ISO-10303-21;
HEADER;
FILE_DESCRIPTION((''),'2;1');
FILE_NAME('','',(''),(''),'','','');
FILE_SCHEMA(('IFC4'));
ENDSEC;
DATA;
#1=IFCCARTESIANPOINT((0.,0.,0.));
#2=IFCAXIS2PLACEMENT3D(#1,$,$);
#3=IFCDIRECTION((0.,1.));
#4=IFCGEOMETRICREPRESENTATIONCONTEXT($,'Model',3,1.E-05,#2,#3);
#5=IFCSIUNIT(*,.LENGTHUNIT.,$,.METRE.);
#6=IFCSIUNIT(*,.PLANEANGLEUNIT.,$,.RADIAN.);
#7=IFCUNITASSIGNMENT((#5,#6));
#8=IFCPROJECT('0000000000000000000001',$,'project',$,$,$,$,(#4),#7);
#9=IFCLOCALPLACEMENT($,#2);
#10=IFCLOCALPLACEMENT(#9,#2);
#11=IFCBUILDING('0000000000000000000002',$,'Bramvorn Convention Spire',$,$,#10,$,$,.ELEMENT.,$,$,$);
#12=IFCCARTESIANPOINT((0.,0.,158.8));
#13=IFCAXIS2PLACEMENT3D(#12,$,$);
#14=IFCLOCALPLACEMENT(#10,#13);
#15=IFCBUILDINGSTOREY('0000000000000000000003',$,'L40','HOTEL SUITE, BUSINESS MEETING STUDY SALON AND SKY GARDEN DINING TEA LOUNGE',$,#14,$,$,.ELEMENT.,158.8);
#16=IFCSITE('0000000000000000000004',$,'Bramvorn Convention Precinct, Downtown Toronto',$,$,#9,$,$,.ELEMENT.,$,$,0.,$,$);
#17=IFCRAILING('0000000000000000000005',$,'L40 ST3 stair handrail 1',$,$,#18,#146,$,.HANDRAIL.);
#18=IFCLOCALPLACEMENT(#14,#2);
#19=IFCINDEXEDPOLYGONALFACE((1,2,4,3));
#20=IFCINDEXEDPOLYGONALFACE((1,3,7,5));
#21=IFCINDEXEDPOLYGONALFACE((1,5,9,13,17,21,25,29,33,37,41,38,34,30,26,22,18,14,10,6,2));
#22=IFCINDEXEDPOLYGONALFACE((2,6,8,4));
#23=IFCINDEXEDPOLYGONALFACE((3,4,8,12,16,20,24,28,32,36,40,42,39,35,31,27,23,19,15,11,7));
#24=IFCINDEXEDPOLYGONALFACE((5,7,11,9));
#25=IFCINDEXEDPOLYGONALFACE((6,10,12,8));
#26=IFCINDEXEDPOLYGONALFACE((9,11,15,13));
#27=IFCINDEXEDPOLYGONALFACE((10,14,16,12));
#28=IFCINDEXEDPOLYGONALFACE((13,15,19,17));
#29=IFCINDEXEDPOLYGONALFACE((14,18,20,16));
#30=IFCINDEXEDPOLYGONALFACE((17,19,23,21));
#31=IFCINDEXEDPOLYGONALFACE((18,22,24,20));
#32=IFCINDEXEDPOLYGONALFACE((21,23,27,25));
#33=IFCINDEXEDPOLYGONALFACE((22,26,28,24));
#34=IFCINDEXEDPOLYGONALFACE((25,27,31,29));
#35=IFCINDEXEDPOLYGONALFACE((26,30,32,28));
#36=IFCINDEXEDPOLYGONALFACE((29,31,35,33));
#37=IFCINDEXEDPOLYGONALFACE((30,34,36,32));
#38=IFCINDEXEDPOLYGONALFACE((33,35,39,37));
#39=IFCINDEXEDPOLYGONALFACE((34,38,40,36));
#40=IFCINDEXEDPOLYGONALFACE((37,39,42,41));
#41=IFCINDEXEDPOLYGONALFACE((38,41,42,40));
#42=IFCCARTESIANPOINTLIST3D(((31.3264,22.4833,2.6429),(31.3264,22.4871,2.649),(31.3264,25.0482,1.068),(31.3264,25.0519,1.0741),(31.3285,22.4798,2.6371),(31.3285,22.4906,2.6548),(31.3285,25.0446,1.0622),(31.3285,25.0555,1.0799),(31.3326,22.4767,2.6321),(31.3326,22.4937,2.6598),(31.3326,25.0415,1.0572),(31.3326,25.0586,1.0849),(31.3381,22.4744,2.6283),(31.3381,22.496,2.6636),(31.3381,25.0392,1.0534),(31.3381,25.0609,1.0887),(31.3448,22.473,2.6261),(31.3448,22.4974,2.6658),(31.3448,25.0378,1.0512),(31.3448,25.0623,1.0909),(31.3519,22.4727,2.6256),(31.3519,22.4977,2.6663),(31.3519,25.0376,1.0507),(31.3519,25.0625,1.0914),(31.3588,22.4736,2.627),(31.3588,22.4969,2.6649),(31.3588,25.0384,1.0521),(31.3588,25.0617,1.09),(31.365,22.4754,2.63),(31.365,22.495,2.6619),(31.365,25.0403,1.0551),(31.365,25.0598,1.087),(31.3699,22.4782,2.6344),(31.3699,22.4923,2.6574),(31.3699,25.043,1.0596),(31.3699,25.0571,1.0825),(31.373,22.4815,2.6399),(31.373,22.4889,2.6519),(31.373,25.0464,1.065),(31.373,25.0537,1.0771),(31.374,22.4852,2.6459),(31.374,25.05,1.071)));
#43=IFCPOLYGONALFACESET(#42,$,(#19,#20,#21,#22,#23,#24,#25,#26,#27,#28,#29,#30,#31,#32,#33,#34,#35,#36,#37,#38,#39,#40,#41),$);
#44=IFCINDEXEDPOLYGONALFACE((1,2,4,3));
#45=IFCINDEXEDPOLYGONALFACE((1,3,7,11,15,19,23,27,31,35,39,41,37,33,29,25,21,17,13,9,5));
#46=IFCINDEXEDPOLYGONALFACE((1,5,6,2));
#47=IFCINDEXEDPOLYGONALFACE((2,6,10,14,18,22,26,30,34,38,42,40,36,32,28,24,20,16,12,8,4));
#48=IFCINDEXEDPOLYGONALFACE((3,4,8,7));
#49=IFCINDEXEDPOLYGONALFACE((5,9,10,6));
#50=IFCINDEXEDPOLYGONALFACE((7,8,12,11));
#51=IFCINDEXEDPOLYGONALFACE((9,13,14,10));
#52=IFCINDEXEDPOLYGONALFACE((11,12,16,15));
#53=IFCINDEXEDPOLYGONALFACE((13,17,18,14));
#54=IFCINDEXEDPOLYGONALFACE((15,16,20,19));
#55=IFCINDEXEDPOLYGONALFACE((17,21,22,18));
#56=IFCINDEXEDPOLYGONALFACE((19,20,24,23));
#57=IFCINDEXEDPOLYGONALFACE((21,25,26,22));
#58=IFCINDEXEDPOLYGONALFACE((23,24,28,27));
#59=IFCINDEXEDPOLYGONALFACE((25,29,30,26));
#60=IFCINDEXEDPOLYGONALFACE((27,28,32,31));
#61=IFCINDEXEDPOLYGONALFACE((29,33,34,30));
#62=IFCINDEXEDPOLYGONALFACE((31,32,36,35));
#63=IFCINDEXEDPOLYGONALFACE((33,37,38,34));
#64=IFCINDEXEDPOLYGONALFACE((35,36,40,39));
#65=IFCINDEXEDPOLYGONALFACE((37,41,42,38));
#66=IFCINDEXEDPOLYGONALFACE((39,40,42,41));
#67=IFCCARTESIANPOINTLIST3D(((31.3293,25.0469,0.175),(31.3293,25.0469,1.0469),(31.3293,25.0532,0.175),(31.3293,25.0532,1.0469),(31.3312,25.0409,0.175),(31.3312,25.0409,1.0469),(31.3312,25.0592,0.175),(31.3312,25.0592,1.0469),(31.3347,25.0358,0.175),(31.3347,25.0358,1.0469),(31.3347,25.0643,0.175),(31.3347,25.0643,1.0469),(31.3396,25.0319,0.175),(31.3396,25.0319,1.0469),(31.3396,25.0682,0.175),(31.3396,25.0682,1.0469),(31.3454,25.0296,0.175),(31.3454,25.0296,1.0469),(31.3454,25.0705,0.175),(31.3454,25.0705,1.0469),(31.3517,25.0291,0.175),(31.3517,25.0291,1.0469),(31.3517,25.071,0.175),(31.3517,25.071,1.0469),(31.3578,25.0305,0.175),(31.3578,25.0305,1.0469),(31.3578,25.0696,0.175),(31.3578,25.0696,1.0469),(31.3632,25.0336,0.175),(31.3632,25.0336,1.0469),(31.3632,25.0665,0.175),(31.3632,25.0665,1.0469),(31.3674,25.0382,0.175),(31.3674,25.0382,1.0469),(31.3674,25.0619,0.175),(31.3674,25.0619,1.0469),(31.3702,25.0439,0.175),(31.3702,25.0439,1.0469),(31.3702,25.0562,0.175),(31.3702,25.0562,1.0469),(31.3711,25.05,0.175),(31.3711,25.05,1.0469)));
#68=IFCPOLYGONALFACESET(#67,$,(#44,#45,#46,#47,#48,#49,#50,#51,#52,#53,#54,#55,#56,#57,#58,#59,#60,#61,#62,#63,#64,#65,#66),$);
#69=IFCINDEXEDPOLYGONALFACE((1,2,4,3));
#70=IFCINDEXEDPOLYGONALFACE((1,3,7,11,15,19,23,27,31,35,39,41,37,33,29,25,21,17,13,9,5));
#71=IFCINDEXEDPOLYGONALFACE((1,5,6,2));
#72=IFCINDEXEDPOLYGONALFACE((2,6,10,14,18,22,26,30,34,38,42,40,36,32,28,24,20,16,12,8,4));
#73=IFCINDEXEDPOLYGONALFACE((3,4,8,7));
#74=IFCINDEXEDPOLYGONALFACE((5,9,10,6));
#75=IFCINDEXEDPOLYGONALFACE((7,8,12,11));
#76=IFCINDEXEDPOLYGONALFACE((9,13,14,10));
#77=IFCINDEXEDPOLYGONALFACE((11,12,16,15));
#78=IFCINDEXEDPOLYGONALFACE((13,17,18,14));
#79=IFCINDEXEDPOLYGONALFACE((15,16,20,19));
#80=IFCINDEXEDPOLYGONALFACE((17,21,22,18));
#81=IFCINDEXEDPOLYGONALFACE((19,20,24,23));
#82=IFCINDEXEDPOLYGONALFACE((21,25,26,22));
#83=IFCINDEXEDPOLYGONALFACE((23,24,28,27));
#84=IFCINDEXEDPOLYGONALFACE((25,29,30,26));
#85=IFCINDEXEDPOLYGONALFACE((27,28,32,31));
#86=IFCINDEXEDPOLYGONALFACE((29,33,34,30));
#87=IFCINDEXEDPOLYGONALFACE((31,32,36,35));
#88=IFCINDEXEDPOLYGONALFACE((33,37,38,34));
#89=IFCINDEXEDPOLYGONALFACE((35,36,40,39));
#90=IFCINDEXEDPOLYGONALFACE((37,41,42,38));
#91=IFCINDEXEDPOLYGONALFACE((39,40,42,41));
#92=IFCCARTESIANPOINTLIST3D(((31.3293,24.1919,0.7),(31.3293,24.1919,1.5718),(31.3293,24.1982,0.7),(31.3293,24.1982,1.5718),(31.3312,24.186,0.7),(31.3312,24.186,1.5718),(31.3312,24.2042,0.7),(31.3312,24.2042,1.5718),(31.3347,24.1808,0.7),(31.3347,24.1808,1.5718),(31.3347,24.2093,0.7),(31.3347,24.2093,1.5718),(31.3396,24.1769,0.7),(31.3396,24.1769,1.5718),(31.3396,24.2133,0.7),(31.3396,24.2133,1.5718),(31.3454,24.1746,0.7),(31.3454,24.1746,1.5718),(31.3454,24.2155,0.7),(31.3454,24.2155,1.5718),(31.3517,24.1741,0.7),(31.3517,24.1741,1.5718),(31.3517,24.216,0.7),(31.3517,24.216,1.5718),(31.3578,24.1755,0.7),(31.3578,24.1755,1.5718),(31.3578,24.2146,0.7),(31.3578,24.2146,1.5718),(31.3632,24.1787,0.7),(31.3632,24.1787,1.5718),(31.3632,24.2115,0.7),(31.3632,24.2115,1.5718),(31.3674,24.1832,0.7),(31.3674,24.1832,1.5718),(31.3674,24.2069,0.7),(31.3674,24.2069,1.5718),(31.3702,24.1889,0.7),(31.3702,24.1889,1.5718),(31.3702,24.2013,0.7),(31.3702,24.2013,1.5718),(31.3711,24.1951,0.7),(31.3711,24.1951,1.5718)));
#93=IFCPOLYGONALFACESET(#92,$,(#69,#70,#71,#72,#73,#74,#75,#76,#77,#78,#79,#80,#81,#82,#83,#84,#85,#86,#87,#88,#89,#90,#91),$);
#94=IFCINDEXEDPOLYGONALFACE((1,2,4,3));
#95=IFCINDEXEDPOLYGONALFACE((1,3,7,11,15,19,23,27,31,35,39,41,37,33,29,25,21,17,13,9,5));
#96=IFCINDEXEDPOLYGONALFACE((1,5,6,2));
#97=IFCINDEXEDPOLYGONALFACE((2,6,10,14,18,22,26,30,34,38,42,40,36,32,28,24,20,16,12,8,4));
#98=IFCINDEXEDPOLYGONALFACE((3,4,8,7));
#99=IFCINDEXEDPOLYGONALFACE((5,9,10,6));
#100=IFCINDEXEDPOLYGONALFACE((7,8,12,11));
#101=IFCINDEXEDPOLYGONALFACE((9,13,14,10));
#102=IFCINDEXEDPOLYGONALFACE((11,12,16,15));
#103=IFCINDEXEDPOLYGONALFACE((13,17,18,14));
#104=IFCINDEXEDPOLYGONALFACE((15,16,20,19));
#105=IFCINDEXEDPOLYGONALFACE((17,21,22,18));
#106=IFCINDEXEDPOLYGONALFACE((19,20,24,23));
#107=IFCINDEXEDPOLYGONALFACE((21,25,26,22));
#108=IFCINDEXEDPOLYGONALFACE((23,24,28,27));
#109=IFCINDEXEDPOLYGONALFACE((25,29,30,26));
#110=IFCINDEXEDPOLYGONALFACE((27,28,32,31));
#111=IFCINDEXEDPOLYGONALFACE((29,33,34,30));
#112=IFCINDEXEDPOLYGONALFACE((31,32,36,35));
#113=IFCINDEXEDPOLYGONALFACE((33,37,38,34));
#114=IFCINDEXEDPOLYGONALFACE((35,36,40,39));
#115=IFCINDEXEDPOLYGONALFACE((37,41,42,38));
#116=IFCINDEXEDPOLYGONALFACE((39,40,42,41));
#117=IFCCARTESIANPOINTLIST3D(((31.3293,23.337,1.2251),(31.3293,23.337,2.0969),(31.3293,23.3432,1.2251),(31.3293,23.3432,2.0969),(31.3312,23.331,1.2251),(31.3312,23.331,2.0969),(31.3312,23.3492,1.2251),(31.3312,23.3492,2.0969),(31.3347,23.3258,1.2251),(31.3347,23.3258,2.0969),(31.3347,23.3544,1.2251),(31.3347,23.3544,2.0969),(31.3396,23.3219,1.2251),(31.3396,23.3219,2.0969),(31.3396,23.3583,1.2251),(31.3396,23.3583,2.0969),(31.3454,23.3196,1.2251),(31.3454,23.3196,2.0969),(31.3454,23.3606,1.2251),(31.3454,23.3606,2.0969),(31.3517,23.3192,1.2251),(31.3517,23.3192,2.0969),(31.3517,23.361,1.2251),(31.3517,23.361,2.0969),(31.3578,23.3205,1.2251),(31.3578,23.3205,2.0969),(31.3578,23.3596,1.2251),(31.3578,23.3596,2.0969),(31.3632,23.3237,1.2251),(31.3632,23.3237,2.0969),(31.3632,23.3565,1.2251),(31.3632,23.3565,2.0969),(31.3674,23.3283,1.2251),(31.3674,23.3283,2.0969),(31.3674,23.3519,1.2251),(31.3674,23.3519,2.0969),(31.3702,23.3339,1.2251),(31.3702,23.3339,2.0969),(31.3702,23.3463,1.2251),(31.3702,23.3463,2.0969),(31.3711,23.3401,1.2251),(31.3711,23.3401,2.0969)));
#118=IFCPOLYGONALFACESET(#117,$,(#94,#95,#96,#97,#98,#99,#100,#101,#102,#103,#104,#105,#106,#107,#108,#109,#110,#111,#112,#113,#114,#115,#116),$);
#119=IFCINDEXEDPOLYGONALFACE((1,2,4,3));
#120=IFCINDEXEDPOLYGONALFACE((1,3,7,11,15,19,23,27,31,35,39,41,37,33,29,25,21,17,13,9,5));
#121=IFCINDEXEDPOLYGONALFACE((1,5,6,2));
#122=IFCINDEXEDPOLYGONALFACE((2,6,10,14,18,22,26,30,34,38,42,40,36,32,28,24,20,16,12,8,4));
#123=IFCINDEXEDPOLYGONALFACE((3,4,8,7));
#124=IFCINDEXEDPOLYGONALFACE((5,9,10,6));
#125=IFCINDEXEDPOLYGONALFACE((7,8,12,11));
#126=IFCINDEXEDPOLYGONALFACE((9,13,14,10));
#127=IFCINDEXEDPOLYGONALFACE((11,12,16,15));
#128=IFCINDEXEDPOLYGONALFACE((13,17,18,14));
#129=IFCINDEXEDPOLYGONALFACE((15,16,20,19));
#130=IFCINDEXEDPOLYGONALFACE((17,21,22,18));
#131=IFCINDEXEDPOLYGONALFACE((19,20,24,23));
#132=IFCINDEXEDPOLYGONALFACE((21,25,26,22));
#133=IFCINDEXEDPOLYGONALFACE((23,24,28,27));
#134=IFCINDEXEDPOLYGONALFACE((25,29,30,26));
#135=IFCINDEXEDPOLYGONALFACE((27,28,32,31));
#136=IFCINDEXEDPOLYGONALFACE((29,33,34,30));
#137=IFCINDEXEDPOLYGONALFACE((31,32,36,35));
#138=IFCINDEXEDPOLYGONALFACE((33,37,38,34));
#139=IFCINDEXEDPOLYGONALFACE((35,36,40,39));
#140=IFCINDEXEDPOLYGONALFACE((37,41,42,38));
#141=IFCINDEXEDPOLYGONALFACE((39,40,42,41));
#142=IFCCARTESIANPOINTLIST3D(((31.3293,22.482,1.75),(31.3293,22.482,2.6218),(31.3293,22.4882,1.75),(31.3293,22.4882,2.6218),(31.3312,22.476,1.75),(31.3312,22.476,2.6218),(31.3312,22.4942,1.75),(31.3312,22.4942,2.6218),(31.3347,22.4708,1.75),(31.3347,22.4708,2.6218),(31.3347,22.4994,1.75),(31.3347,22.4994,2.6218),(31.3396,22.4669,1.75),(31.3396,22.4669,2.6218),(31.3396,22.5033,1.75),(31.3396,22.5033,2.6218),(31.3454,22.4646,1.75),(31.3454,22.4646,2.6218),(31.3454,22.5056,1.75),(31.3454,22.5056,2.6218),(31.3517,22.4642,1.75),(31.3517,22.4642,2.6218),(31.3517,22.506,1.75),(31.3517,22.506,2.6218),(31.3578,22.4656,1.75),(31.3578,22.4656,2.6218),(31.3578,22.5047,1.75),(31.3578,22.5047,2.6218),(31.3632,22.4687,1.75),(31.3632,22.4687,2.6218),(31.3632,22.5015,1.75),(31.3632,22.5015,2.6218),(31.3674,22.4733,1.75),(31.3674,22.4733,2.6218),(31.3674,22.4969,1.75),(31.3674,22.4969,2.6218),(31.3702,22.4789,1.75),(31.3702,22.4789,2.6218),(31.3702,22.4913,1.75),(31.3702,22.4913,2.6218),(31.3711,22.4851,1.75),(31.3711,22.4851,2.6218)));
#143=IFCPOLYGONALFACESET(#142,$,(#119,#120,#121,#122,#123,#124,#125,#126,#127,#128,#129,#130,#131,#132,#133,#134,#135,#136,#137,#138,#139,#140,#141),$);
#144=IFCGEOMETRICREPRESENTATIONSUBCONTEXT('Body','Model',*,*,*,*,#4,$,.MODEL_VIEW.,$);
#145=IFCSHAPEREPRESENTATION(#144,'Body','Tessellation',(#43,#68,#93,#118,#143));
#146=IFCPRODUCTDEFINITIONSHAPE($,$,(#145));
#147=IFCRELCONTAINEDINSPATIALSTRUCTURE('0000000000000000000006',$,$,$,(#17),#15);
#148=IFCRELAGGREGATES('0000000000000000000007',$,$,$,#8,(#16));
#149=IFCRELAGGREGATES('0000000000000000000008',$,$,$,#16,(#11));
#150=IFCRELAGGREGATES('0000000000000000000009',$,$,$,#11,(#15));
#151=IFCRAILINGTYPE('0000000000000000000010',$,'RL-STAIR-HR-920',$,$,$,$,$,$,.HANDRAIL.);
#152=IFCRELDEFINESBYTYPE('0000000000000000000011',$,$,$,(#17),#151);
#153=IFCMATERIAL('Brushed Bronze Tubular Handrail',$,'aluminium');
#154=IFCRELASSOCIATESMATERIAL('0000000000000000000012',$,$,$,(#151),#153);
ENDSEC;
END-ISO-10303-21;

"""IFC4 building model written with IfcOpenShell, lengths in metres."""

from ifc_helpers import new_model, si_unit, direction, frame, origin, origin_2d, place, context, subcontext, project, spatial, circle, extrude, material, type_object, element, save


model = new_model("IFC4")

# Units and contexts
model_context = context("Model", 3, precision=1e-05, world=origin(), true_north=direction((0.0, 1.0)))
body_context = subcontext(model_context, "Body", "Model", "MODEL_VIEW")
ifc_project = project(units=[si_unit("LENGTHUNIT", "METRE"), si_unit("PLANEANGLEUNIT", "RADIAN")], contexts=[model_context])

# Site, building, storey
site_placement = place(None, origin())
site = spatial("IfcSite", under=ifc_project, at=site_placement, Name="Bramvorn Convention Precinct, Downtown Toronto", CompositionType="ELEMENT", RefElevation=0.0)
building_placement = place(site_placement, origin())
building = spatial("IfcBuilding", under=site, at=building_placement, Name="Bramvorn Convention Spire", CompositionType="ELEMENT")
storey_placement = place(building_placement, frame((0.0, 0.0, 158.8)))
storey = spatial("IfcBuildingStorey", under=building, at=storey_placement, Name="L40", Description="HOTEL SUITE, BUSINESS MEETING STUDY SALON AND SKY GARDEN DINING TEA LOUNGE", CompositionType="ELEMENT", Elevation=158.8)

# Railing
ifc_material_1 = material(Name="Brushed Bronze Tubular Handrail", Category="aluminium")
railing_type_1 = type_object("IfcRailingType", Name="RL-STAIR-HR-920", PredefinedType="HANDRAIL", material=ifc_material_1)
railing_1_placement = place(storey_placement, frame((31.3501, 25.05, 0.175)))
element("IfcRailing", 1, at=railing_1_placement, inside=storey, type_object=railing_type_1, Name="L40 ST3 stair handrail 1", PredefinedType="HANDRAIL", context=body_context, shape_type="SweptSolid", body=[
    extrude(circle(Radius=0.0239, at=origin_2d()), frame((0.0, 0.0, 0.896), z_axis=(0.0, -0.852173, 0.52326), x_axis=(1.0, 0.0, 0.0)), (0.0, 0.0, 1.0), 3.0098),
    extrude(circle(Radius=0.021, at=origin_2d()), origin(), (0.0, 0.0, 1.0), 0.8718),
    extrude(circle(Radius=0.021, at=origin_2d()), frame((0.0, -0.855, 0.5249)), (0.0, 0.0, 1.0), 0.8718),
    extrude(circle(Radius=0.021, at=origin_2d()), frame((0.0, -1.71, 1.05)), (0.0, 0.0, 1.0), 0.8718),
    extrude(circle(Radius=0.021, at=origin_2d()), frame((0.0, -2.5649, 1.575)), (0.0, 0.0, 1.0), 0.8718),
])

save(model, "model.ifc")
